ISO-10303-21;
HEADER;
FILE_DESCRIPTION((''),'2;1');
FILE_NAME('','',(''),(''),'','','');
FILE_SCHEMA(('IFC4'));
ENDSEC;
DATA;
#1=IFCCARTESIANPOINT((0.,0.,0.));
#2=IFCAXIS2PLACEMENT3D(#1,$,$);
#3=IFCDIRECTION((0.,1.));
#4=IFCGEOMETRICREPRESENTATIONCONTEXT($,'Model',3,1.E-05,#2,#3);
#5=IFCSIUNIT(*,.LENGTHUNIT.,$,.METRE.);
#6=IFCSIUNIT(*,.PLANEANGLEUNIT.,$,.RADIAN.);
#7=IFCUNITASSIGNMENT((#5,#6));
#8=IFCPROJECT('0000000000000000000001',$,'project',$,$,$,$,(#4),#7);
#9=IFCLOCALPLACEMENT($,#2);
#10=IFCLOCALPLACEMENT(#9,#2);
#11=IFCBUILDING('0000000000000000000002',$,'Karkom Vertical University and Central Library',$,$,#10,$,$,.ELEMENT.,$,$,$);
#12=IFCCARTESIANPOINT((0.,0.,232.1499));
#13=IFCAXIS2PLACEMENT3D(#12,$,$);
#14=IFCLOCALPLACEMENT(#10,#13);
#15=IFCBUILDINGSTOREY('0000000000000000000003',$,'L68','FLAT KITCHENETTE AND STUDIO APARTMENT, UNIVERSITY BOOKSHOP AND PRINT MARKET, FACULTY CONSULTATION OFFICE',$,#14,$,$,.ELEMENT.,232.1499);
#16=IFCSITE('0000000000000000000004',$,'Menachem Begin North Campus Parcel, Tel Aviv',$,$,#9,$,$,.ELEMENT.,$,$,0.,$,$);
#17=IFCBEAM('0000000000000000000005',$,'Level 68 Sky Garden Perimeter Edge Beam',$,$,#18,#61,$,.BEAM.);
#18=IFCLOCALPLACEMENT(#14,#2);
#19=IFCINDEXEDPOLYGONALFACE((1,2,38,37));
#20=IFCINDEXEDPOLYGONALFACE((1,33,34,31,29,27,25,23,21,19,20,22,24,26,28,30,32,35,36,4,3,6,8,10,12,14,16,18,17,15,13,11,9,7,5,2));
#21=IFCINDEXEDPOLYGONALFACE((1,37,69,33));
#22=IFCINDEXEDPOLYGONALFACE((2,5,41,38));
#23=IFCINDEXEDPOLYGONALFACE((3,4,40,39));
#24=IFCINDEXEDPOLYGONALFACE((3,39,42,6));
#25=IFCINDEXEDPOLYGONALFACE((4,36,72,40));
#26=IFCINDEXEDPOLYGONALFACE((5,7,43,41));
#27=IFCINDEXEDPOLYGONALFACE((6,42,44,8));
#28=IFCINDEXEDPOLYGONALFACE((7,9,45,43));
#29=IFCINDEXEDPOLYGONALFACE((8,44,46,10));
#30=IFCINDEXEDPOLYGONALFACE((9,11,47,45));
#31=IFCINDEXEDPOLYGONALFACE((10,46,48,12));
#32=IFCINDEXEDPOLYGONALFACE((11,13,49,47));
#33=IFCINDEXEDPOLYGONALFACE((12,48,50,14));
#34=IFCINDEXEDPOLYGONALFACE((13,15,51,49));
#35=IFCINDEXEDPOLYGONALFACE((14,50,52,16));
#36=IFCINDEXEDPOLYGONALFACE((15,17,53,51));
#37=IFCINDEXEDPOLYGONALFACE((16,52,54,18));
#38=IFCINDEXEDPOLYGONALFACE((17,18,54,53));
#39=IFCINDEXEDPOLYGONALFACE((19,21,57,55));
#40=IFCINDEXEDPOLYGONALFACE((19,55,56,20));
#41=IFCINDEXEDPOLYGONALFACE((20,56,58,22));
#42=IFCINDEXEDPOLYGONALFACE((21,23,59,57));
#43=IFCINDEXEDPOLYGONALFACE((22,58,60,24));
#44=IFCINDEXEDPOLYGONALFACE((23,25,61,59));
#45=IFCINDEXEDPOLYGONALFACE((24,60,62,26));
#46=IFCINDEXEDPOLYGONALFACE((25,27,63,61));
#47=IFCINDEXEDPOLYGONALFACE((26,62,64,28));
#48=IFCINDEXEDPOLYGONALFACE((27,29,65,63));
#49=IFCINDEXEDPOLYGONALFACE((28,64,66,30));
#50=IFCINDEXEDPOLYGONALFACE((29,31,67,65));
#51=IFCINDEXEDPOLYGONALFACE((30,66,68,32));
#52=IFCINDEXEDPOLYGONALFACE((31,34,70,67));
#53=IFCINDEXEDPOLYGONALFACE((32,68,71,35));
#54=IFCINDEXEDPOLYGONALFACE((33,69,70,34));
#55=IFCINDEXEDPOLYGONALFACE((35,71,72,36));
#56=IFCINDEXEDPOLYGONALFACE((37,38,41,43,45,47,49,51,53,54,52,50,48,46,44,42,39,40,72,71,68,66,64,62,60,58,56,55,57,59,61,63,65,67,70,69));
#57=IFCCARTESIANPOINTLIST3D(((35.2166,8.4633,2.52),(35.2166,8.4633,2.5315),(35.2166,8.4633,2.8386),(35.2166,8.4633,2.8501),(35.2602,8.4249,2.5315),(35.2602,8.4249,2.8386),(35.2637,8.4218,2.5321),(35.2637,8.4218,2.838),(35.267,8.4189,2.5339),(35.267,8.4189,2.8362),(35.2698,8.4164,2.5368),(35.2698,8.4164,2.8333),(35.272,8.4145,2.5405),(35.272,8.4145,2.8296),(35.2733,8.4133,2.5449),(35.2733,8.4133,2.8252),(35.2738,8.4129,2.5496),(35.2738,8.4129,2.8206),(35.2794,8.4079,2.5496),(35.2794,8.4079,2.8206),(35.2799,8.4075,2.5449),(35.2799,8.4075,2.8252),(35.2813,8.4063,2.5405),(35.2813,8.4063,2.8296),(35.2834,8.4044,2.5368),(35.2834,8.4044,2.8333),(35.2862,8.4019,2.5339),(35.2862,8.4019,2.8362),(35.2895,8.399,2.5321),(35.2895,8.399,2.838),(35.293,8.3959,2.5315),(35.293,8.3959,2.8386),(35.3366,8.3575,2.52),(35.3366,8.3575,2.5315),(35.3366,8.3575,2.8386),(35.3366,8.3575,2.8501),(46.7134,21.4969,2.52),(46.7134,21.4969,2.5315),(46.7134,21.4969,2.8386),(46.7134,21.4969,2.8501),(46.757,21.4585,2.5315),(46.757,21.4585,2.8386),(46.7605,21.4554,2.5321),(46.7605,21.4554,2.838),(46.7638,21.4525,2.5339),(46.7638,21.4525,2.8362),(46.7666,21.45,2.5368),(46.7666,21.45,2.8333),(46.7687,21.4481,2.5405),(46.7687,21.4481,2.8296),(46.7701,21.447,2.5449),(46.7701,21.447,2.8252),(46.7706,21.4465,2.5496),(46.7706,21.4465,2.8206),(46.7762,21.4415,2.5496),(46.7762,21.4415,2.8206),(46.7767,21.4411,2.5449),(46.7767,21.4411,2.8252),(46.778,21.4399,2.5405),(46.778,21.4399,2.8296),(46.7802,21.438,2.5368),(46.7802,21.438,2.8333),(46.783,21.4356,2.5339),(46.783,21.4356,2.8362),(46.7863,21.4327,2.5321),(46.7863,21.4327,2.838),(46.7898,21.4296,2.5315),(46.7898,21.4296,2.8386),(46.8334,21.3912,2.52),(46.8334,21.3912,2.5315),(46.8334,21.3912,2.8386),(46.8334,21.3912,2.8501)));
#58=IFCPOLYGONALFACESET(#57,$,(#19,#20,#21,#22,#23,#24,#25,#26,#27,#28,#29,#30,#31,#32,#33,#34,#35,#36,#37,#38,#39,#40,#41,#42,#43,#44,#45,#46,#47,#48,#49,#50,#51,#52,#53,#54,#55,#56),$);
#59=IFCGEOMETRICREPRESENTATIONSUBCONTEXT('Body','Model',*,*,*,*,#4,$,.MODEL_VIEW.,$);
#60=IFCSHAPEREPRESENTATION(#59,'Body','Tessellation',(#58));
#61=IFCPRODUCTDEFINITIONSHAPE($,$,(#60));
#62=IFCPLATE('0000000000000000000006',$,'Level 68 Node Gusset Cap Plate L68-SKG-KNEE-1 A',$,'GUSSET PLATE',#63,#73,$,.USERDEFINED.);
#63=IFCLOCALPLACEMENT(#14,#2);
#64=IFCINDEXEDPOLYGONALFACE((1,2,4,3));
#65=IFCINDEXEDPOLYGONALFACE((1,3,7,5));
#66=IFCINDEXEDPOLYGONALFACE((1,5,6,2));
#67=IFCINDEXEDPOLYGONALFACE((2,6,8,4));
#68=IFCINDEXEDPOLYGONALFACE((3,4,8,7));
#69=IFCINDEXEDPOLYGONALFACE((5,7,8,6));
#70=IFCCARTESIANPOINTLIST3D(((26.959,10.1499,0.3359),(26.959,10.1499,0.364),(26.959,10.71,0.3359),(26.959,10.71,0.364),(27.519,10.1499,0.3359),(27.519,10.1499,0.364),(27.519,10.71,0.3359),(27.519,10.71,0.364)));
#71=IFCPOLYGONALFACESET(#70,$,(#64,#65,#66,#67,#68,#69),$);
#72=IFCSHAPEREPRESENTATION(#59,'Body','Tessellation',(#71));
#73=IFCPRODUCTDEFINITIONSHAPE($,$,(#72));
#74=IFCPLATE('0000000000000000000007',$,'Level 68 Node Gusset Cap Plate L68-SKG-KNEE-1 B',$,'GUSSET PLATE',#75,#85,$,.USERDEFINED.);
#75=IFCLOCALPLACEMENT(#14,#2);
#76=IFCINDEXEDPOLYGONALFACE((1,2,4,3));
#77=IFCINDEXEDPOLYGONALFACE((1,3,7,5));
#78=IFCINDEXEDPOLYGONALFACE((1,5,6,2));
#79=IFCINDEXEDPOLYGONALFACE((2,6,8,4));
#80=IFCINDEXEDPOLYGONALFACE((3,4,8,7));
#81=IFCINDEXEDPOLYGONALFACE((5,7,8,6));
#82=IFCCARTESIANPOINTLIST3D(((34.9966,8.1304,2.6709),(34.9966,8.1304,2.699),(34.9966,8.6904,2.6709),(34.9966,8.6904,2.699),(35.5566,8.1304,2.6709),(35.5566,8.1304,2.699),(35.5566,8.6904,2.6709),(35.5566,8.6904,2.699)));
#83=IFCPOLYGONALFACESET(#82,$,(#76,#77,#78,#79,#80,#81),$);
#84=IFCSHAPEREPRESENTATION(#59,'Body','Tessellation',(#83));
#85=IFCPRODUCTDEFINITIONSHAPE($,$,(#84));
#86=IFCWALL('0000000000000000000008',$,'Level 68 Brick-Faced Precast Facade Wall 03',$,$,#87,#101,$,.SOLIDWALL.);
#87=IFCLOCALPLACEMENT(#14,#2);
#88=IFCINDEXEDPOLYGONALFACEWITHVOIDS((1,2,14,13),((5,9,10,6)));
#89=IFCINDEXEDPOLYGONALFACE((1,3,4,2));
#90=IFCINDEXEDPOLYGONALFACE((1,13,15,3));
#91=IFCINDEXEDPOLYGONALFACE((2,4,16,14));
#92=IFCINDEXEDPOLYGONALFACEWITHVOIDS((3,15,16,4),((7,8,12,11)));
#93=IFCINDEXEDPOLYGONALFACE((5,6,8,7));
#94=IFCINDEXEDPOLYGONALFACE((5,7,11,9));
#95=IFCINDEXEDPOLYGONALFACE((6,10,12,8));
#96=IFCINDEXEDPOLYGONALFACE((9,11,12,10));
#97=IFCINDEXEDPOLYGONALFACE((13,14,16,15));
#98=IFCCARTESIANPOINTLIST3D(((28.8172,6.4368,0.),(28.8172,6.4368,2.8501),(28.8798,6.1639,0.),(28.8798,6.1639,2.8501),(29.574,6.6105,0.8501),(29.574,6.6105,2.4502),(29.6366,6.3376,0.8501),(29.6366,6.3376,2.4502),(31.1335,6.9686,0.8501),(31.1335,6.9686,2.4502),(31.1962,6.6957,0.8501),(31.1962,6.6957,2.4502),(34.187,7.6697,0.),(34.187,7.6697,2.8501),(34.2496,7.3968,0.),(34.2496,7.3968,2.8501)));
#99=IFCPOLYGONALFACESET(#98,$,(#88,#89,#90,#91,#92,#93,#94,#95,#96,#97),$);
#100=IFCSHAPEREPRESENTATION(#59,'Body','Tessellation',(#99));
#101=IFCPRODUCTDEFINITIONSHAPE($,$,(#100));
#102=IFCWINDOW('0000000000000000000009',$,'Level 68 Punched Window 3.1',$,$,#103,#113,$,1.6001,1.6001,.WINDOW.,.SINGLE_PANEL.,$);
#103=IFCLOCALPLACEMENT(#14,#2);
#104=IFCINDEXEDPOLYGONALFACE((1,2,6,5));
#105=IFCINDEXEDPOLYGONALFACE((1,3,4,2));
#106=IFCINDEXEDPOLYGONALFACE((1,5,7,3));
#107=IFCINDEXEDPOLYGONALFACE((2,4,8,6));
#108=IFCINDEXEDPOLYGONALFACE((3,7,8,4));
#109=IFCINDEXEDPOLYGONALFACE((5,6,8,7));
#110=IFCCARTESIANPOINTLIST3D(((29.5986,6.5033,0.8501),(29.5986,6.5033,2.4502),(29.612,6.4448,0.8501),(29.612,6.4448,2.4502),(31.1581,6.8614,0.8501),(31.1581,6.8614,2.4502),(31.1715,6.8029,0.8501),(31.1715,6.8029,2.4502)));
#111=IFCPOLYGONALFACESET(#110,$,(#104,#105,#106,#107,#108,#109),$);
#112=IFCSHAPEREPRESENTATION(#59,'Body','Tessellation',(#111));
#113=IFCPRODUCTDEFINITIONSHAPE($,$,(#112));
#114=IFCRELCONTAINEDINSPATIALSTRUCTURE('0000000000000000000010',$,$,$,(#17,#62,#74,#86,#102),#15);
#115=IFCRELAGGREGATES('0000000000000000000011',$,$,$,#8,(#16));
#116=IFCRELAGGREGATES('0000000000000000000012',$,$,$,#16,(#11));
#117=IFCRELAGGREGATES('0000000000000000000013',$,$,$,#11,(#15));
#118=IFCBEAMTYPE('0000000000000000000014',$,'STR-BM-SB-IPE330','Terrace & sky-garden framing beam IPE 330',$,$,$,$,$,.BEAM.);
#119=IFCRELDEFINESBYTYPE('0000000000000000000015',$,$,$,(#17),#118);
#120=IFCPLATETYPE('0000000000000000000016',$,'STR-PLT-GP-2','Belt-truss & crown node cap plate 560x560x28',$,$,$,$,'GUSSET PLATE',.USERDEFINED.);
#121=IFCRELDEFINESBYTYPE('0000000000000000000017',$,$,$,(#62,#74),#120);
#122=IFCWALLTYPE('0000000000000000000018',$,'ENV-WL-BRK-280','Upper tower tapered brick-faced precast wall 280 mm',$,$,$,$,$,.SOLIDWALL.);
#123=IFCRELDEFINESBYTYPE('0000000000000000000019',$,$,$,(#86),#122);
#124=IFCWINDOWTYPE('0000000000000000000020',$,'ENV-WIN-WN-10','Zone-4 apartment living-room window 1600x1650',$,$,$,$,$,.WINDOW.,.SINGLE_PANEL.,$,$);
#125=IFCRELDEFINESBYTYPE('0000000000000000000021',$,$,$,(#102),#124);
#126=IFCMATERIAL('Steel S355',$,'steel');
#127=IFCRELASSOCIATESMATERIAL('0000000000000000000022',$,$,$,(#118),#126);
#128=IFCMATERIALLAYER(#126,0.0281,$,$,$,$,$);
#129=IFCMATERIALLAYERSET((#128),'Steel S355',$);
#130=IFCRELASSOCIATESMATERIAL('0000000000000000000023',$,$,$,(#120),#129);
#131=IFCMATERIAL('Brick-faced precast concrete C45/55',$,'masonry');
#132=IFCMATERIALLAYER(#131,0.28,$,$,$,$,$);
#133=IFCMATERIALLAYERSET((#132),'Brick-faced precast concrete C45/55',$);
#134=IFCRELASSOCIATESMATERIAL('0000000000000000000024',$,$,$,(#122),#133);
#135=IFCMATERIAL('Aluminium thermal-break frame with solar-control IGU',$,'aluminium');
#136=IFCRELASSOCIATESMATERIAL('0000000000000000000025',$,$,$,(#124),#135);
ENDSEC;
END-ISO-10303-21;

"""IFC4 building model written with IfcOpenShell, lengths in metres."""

from ifc_helpers import new_model, si_unit, direction, frame, frame_2d, origin, origin_with_axes, origin_2d, place, context, subcontext, project, spatial, rectangle, i_section, extrude, source, transform, mapped, material, layer, layer_set, material_profile, profile_set, type_object, element, fill, save


model = new_model("IFC4")

# Units and contexts
model_context = context("Model", 3, precision=1e-05, world=origin(), true_north=direction((0.0, 1.0)))
body_context = subcontext(model_context, "Body", "Model", "MODEL_VIEW")
ifc_project = project(units=[si_unit("LENGTHUNIT", "METRE"), si_unit("PLANEANGLEUNIT", "RADIAN")], contexts=[model_context])

# Site, building, storey
site_placement = place(None, origin())
site = spatial("IfcSite", under=ifc_project, at=site_placement, Name="Menachem Begin North Campus Parcel, Tel Aviv", CompositionType="ELEMENT", RefElevation=0.0)
building_placement = place(site_placement, origin())
building = spatial("IfcBuilding", under=site, at=building_placement, Name="Karkom Vertical University and Central Library", CompositionType="ELEMENT")
storey_placement = place(building_placement, frame((0.0, 0.0, 232.1499)))
storey = spatial("IfcBuildingStorey", under=building, at=storey_placement, Name="L68", Description="FLAT KITCHENETTE AND STUDIO APARTMENT, UNIVERSITY BOOKSHOP AND PRINT MARKET, FACULTY CONSULTATION OFFICE", CompositionType="ELEMENT", Elevation=232.1499)

# Shared definitions
ifc_material_1 = material(Name="Steel S355", Category="steel")
ifc_material_profile_1 = material_profile(ifc_material_1, i_section(OverallWidth=0.1599, OverallDepth=0.3301, WebThickness=0.0076, FlangeThickness=0.0115, FilletRadius=0.0181, at=origin_2d()), Name="IPE 330")
ifc_profile_set_1 = profile_set([ifc_material_profile_1], Name="Steel S355")
beam_type_1 = type_object("IfcBeamType", Name="STR-BM-SB-IPE330", Description="Terrace & sky-garden framing beam IPE 330", PredefinedType="BEAM", material=ifc_profile_set_1)

# Beam
shared_shape_1 = source(origin_with_axes(), body_context, "Body", "SweptSolid", [
    extrude(i_section(OverallWidth=0.1599, OverallDepth=0.3301, WebThickness=0.0076, FlangeThickness=0.0115, FilletRadius=0.0181, at=origin_2d()), origin(), (0.0, 0.0, 1.0), 17.3796),
])
beam_1_placement = place(storey_placement, frame((35.2766, 8.4104, 2.6851), z_axis=(0.661509, 0.749937, 0.0), x_axis=(-0.749937, 0.661509, 0.0)))
element("IfcBeam", 1, at=beam_1_placement, inside=storey, type_object=beam_type_1, Name="Level 68 Sky Garden Perimeter Edge Beam", PredefinedType="BEAM", context=body_context, shape_type="MappedRepresentation", body=[
    mapped(shared_shape_1, transform((0.0, 0.0, 0.0), scale=1.0)),
])

# Plates
ifc_layer_1 = layer(ifc_material_1, 0.0281)
ifc_layer_set_1 = layer_set([ifc_layer_1], Name="Steel S355")
plate_type = type_object("IfcPlateType", Name="STR-PLT-GP-2", Description="Belt-truss & crown node cap plate 560x560x28", ElementType="GUSSET PLATE", PredefinedType="USERDEFINED", material=ifc_layer_set_1)
shared_shape_2 = source(origin_with_axes(), body_context, "Body", "SweptSolid", [
    extrude(rectangle(XDim=0.5601, YDim=0.5601, at=origin_2d()), origin(), (0.0, 0.0, 1.0), 0.0281),
])
for number, where, z_axis, x_axis, name in (
    (2, (27.239, 10.4299, 0.3359), (0.0, 0.0, 1.0), (1.0, 0.0, 0.0), "Level 68 Node Gusset Cap Plate L68-SKG-KNEE-1 A"),
    (3, (35.2766, 8.4104, 2.6709), (0.0, 0.0, 1.0), (1.0, 0.0, 0.0), "Level 68 Node Gusset Cap Plate L68-SKG-KNEE-1 B"),
):
    element("IfcPlate", number, at=place(storey_placement, frame(where, z_axis=z_axis, x_axis=x_axis)), inside=storey, type_object=plate_type, Name=name, ObjectType="GUSSET PLATE", PredefinedType="USERDEFINED", context=body_context, shape_type="MappedRepresentation", body=[
        mapped(shared_shape_2, transform((0.0, 0.0, 0.0), scale=1.0)),
    ])

# Wall, opening, window
ifc_material_2 = material(Name="Brick-faced precast concrete C45/55", Category="masonry")
ifc_layer_2 = layer(ifc_material_2, 0.28)
ifc_layer_set_2 = layer_set([ifc_layer_2], Name="Brick-faced precast concrete C45/55")
wall_type_1 = type_object("IfcWallType", Name="ENV-WL-BRK-280", Description="Upper tower tapered brick-faced precast wall 280 mm", PredefinedType="SOLIDWALL", material=ifc_layer_set_2)
wall_1_placement = place(storey_placement, frame((28.8484, 6.3003, 0.0), z_axis=(0.0, 0.0, 1.0), x_axis=(0.974641, 0.223775, 0.0)))
wall_1 = element("IfcWall", 4, at=wall_1_placement, inside=storey, type_object=wall_type_1, Name="Level 68 Brick-Faced Precast Facade Wall 03", PredefinedType="SOLIDWALL", context=body_context, shape_type="SweptSolid", body=[
    extrude(rectangle(XDim=5.5095, YDim=0.28, at=frame_2d((2.7549, 0.0))), origin(), (0.0, 0.0, 1.0), 2.8501),
])
opening_1_placement = place(wall_1_placement, frame((0.7766, 0.0, 0.8501)))
opening_1 = element("IfcOpeningElement", 5, at=opening_1_placement, cuts=wall_1, PredefinedType="OPENING", context=body_context, shape_type="SweptSolid", body=[
    extrude(rectangle(XDim=1.6001, YDim=1.6001, at=frame_2d((0.8, 0.8))), frame((0.0, 0.1499, 0.0), z_axis=(0.0, -1.0, 0.0), x_axis=(1.0, 0.0, 0.0)), (0.0, 0.0, 1.0), 0.3),
])
ifc_material_3 = material(Name="Aluminium thermal-break frame with solar-control IGU", Category="aluminium")
window_type_1 = type_object("IfcWindowType", Name="ENV-WIN-WN-10", Description="Zone-4 apartment living-room window 1600x1650", PartitioningType="SINGLE_PANEL", PredefinedType="WINDOW", material=ifc_material_3)
shared_shape_3 = source(origin_with_axes(), body_context, "Body", "SweptSolid", [
    extrude(rectangle(XDim=1.6001, YDim=1.6001, at=frame_2d((0.8, 0.8))), frame((0.0, 0.03, 0.0), z_axis=(0.0, -1.0, 0.0), x_axis=(1.0, 0.0, 0.0)), (0.0, 0.0, 1.0), 0.0601),
])
window_1_placement = place(opening_1_placement, origin())
window_1 = element("IfcWindow", 6, at=window_1_placement, inside=storey, type_object=window_type_1, Name="Level 68 Punched Window 3.1", OverallHeight=1.6001, OverallWidth=1.6001, PartitioningType="SINGLE_PANEL", PredefinedType="WINDOW", context=body_context, shape_type="MappedRepresentation", body=[
    mapped(shared_shape_3, transform((0.0, 0.0, 0.0), scale=1.0)),
])
fill(opening_1, window_1)

save(model, "model.ifc")
